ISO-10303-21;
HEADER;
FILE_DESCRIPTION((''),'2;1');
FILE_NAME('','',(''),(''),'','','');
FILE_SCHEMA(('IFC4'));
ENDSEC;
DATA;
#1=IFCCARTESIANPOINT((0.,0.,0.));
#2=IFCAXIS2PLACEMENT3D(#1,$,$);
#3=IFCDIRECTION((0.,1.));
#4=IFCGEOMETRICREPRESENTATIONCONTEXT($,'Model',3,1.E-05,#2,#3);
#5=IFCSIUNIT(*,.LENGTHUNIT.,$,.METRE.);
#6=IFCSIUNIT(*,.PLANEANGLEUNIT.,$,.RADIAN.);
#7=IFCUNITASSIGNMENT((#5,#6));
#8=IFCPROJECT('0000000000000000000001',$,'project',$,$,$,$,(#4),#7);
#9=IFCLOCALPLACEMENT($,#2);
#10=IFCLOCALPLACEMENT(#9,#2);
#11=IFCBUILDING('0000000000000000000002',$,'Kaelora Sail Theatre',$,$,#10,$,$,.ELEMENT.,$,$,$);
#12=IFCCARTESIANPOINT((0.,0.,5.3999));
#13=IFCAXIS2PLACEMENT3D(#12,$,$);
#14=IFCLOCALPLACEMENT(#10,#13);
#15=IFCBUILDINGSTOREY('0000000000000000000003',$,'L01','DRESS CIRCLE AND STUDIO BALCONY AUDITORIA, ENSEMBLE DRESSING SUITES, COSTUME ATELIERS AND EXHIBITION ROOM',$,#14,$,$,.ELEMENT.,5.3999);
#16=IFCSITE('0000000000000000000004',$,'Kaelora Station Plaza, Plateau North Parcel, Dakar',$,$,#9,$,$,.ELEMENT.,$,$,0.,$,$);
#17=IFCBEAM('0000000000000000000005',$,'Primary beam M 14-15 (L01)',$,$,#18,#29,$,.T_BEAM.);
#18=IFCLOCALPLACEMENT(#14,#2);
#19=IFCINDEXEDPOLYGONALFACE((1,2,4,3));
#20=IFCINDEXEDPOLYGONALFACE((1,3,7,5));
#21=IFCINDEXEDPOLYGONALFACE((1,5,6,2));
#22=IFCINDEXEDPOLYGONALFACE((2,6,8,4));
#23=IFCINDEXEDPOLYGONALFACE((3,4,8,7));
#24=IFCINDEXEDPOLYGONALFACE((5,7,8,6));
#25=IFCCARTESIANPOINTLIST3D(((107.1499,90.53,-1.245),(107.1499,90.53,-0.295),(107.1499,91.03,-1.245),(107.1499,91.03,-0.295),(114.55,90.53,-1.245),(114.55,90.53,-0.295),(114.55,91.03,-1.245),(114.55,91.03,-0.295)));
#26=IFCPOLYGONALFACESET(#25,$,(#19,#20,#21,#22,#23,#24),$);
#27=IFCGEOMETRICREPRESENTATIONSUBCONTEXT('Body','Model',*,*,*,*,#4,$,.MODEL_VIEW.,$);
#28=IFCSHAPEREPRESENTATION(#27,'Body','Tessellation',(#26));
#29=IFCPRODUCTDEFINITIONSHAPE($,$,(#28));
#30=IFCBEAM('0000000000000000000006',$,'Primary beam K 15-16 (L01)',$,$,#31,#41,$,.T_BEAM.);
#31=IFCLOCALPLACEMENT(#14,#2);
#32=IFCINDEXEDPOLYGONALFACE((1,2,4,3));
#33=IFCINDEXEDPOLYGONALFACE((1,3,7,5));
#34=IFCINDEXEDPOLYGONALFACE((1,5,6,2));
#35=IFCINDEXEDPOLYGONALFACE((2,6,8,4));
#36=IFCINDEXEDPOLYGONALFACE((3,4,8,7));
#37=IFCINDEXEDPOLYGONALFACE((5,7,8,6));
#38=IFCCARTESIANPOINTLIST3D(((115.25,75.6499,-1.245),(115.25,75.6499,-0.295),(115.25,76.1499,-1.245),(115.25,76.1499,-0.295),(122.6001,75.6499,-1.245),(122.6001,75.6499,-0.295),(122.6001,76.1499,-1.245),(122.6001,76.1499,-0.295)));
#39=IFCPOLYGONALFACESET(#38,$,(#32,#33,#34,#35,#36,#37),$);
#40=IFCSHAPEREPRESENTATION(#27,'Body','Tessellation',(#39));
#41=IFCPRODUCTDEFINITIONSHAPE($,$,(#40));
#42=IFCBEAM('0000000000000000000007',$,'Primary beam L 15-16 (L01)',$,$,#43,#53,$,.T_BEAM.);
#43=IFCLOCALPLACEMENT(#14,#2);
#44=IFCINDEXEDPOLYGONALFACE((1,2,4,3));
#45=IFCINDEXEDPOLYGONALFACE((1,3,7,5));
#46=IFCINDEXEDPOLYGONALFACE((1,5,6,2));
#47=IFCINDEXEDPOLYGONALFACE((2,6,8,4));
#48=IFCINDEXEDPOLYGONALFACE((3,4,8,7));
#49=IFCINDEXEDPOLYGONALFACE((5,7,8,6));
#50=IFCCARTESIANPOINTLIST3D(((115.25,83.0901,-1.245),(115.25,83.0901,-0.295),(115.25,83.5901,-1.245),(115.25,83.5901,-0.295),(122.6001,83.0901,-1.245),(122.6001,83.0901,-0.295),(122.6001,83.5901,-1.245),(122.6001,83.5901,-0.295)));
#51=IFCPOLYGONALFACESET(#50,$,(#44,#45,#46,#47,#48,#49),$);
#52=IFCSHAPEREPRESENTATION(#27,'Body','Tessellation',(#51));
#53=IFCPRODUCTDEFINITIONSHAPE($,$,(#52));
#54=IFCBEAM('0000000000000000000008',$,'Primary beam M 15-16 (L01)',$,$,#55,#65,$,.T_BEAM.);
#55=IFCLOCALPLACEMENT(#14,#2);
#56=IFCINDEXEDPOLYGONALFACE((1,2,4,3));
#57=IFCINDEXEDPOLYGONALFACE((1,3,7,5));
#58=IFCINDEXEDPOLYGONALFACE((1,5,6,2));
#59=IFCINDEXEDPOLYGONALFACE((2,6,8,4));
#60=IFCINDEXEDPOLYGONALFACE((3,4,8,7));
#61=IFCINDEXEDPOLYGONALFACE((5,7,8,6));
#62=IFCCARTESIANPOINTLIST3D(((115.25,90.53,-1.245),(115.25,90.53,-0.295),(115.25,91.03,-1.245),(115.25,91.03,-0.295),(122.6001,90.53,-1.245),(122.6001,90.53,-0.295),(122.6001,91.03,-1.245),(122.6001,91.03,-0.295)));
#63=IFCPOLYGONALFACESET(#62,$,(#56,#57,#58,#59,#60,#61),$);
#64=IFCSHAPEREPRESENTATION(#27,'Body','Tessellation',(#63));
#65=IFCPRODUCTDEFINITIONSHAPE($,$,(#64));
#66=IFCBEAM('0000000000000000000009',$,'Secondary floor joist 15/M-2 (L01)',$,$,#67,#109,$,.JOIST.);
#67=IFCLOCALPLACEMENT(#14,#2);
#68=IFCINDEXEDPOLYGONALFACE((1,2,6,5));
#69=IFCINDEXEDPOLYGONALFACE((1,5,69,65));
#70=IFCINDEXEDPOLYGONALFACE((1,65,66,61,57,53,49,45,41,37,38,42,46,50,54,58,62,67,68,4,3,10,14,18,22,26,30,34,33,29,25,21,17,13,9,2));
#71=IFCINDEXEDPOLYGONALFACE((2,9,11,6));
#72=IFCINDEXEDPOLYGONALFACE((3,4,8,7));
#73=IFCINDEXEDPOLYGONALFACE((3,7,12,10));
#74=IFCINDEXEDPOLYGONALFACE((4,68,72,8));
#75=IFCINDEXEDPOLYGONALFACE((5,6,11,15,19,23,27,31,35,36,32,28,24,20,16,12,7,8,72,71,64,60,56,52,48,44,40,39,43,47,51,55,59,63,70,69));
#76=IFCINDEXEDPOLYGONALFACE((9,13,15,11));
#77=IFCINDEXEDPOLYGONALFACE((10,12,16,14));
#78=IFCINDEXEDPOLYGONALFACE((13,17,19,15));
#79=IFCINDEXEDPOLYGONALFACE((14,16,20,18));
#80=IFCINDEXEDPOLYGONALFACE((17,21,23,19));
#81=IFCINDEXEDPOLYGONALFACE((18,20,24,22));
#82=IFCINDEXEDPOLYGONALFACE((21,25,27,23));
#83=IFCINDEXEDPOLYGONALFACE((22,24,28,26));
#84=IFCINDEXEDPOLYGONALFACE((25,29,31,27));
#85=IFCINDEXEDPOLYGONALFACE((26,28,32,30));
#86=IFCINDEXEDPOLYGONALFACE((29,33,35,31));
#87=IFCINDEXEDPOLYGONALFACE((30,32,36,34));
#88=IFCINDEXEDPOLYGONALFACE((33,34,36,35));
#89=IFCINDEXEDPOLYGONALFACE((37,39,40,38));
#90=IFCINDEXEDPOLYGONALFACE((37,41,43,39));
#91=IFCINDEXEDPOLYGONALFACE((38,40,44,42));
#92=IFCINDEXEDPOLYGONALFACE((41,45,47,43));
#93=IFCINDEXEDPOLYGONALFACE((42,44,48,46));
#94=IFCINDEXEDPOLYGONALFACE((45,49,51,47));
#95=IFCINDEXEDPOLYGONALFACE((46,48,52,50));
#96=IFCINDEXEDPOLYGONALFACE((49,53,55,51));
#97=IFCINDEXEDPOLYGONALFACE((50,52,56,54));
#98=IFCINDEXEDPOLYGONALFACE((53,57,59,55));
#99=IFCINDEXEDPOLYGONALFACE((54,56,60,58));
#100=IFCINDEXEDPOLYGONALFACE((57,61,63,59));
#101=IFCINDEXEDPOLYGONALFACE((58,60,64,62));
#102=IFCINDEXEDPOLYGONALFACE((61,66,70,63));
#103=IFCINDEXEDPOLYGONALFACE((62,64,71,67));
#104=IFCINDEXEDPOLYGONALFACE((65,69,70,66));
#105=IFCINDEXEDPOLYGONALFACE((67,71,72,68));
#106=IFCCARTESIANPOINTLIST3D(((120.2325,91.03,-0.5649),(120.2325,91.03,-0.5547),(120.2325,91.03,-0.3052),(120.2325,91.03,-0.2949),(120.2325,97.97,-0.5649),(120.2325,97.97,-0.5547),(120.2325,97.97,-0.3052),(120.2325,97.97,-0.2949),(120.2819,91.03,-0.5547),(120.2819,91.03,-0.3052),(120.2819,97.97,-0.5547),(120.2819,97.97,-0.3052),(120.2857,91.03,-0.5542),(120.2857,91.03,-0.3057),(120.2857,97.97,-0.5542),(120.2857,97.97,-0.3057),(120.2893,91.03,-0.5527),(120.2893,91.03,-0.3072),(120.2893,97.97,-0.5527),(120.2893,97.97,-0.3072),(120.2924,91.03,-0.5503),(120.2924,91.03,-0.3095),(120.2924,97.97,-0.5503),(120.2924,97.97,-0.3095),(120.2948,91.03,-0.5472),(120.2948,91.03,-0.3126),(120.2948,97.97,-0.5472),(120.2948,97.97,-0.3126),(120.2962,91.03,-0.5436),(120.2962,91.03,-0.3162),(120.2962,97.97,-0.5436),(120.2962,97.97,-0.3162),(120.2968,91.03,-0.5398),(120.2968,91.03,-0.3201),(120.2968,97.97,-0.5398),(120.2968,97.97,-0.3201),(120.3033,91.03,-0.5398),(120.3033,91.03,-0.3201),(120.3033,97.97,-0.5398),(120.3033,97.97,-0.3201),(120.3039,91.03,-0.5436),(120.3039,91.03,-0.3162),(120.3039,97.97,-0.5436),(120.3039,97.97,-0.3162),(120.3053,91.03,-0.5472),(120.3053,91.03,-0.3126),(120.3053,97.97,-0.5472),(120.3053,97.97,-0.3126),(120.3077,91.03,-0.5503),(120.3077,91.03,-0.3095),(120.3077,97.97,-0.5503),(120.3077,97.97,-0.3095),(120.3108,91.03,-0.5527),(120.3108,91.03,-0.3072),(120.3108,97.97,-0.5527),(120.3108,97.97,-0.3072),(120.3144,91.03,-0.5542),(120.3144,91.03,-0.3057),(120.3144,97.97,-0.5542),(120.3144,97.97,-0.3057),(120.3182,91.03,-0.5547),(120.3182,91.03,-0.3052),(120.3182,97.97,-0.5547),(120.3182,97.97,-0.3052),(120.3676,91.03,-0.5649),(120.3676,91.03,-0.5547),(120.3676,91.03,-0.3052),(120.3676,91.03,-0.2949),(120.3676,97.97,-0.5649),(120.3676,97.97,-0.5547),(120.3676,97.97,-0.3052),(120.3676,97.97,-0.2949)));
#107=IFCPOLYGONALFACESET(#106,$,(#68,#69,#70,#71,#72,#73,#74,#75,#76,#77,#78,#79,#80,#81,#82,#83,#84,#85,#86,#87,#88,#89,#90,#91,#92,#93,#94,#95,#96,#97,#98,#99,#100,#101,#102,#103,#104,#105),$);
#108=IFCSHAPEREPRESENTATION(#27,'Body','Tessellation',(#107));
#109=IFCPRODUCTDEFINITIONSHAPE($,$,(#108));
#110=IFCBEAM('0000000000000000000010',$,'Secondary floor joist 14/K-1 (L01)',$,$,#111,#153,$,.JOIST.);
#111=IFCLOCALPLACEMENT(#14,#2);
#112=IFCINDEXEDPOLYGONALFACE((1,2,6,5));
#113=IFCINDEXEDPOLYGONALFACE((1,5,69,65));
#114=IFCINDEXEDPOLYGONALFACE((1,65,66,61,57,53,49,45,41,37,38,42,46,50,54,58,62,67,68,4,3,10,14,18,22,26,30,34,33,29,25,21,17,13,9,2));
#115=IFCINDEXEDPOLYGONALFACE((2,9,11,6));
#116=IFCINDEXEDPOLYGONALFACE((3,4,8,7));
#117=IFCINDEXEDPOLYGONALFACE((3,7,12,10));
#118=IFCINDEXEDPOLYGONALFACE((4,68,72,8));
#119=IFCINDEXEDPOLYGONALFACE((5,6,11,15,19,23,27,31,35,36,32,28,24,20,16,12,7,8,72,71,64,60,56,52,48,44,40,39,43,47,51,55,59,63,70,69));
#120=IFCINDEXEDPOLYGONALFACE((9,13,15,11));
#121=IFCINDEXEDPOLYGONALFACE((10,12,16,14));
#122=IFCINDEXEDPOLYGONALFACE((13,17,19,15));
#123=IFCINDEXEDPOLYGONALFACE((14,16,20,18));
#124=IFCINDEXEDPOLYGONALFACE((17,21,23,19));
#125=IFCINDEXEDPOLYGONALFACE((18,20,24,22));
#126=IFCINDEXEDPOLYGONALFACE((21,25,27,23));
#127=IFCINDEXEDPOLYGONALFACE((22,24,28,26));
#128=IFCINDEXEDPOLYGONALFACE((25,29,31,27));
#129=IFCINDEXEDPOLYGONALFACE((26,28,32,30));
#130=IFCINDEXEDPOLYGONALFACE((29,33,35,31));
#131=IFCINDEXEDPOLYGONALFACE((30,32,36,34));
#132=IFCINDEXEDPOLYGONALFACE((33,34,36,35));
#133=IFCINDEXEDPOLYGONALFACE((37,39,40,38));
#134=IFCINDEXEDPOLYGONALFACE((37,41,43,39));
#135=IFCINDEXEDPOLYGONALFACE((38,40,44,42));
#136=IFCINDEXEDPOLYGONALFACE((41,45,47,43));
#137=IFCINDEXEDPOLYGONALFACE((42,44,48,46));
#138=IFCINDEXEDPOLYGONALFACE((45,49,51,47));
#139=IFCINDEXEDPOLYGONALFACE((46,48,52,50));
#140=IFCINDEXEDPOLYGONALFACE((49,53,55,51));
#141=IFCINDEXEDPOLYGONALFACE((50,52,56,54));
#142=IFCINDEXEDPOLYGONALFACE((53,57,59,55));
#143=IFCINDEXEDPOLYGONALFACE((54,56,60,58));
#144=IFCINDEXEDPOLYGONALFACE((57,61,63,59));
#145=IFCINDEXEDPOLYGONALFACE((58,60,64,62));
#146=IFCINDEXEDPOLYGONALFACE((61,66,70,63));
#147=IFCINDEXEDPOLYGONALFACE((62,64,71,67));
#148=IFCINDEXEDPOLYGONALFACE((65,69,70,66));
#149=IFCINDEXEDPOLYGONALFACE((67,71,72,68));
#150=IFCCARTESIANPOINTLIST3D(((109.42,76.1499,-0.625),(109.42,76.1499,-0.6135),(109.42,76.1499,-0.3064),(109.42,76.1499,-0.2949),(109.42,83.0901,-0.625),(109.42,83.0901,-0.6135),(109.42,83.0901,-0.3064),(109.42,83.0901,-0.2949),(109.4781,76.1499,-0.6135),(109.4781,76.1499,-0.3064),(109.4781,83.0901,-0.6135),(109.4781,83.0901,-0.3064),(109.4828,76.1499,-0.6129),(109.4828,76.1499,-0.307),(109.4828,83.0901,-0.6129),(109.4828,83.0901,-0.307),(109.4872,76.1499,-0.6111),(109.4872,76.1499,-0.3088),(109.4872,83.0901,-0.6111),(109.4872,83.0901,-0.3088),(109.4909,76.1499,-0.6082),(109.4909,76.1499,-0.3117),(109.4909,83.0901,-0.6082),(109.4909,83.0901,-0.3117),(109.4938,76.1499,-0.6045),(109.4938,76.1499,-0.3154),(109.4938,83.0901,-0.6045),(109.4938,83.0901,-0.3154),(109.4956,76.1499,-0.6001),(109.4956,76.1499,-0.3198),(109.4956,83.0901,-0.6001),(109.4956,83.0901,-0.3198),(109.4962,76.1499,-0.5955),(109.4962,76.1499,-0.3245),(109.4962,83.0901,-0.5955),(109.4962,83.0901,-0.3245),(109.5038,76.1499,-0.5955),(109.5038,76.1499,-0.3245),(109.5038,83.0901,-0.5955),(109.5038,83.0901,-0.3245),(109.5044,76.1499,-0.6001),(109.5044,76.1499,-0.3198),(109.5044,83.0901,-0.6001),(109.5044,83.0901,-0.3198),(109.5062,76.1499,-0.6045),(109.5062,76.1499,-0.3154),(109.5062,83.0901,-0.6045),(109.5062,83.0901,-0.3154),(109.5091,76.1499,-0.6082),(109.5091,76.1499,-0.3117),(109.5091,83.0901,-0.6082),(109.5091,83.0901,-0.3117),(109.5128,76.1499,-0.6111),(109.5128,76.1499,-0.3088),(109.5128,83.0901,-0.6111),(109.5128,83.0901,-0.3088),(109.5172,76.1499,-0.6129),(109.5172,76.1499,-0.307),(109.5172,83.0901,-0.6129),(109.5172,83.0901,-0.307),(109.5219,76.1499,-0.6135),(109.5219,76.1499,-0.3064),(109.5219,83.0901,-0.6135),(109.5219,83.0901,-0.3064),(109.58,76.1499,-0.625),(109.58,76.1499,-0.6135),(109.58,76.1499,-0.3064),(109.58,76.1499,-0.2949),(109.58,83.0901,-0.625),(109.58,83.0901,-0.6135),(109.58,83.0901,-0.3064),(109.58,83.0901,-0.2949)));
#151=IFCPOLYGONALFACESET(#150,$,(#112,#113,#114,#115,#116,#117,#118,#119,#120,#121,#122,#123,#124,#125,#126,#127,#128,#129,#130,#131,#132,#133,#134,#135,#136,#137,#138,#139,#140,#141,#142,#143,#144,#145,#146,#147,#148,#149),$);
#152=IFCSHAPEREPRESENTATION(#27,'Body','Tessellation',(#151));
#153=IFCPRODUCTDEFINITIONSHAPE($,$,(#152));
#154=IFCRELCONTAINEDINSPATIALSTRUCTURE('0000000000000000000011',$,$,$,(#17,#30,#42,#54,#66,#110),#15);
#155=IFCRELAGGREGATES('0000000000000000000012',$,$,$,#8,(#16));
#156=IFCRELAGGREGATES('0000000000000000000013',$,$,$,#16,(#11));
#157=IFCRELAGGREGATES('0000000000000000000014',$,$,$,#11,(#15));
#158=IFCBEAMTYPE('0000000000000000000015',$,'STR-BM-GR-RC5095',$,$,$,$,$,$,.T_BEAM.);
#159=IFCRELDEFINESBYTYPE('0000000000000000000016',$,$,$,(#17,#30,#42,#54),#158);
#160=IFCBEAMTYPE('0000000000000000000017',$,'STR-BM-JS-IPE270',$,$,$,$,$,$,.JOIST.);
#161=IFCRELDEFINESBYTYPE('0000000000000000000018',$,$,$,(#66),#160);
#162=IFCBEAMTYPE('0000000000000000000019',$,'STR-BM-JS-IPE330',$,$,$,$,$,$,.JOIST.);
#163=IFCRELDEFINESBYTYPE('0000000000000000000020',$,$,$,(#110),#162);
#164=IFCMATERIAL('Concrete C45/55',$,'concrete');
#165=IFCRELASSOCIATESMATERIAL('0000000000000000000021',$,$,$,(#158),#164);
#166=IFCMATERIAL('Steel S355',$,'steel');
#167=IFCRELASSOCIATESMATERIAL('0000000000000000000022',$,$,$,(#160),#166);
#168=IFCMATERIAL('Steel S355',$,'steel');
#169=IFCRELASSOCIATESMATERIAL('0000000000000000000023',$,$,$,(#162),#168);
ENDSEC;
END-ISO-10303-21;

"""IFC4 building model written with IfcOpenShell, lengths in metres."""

from ifc_helpers import new_model, si_unit, direction, frame, origin, origin_2d, place, context, subcontext, project, spatial, rectangle, i_section, extrude, material, material_profile, profile_set, type_object, element, save


model = new_model("IFC4")

# Units and contexts
model_context = context("Model", 3, precision=1e-05, world=origin(), true_north=direction((0.0, 1.0)))
body_context = subcontext(model_context, "Body", "Model", "MODEL_VIEW")
ifc_project = project(units=[si_unit("LENGTHUNIT", "METRE"), si_unit("PLANEANGLEUNIT", "RADIAN")], contexts=[model_context])

# Site, building, storey
site_placement = place(None, origin())
site = spatial("IfcSite", under=ifc_project, at=site_placement, Name="Kaelora Station Plaza, Plateau North Parcel, Dakar", CompositionType="ELEMENT", RefElevation=0.0)
building_placement = place(site_placement, origin())
building = spatial("IfcBuilding", under=site, at=building_placement, Name="Kaelora Sail Theatre", CompositionType="ELEMENT")
storey_placement = place(building_placement, frame((0.0, 0.0, 5.3999)))
storey = spatial("IfcBuildingStorey", under=building, at=storey_placement, Name="L01", Description="DRESS CIRCLE AND STUDIO BALCONY AUDITORIA, ENSEMBLE DRESSING SUITES, COSTUME ATELIERS AND EXHIBITION ROOM", CompositionType="ELEMENT", Elevation=5.3999)

# Beams
ifc_material_1 = material(Name="Concrete C45/55", Category="concrete")
ifc_material_profile_1 = material_profile(ifc_material_1, rectangle(XDim=0.5, YDim=0.95, at=origin_2d()), Name="RC-GRD 500x950")
ifc_profile_set_1 = profile_set([ifc_material_profile_1], Name="Concrete C45/55")
beam_type_1 = type_object("IfcBeamType", Name="STR-BM-GR-RC5095", PredefinedType="T_BEAM", material=ifc_profile_set_1)
for number, where, z_axis, x_axis, name in (
    (1, (107.1499, 90.78, -0.77), (1.0, 0.0, 0.0), (0.0, 1.0, 0.0), "Primary beam M 14-15 (L01)"),
):
    element("IfcBeam", number, at=place(storey_placement, frame(where, z_axis=z_axis, x_axis=x_axis)), inside=storey, type_object=beam_type_1, Name=name, PredefinedType="T_BEAM", context=body_context, shape_type="SweptSolid", body=[
        extrude(rectangle(XDim=0.5, YDim=0.95, at=origin_2d()), origin(), (0.0, 0.0, 1.0), 7.4001),
    ])
for number, where, z_axis, x_axis, name in (
    (2, (115.25, 75.8999, -0.77), (1.0, 0.0, 0.0), (0.0, 1.0, 0.0), "Primary beam K 15-16 (L01)"),
    (3, (115.25, 83.3401, -0.77), (1.0, 0.0, 0.0), (0.0, 1.0, 0.0), "Primary beam L 15-16 (L01)"),
    (4, (115.25, 90.78, -0.77), (1.0, 0.0, 0.0), (0.0, 1.0, 0.0), "Primary beam M 15-16 (L01)"),
):
    element("IfcBeam", number, at=place(storey_placement, frame(where, z_axis=z_axis, x_axis=x_axis)), inside=storey, type_object=beam_type_1, Name=name, PredefinedType="T_BEAM", context=body_context, shape_type="SweptSolid", body=[
        extrude(rectangle(XDim=0.5, YDim=0.95, at=origin_2d()), origin(), (0.0, 0.0, 1.0), 7.3501),
    ])
ifc_material_2 = material(Name="Steel S355", Category="steel")
ifc_material_profile_2 = material_profile(ifc_material_2, i_section(OverallWidth=0.135, OverallDepth=0.27, WebThickness=0.0066, FlangeThickness=0.0103, FilletRadius=0.0149, at=origin_2d()), Name="IPE 270")
ifc_profile_set_2 = profile_set([ifc_material_profile_2], Name="Steel S355")
beam_type_2 = type_object("IfcBeamType", Name="STR-BM-JS-IPE270", PredefinedType="JOIST", material=ifc_profile_set_2)
beam_1_placement = place(storey_placement, frame((120.3, 91.03, -0.4299), z_axis=(0.0, 1.0, 0.0), x_axis=(-1.0, 0.0, 0.0)))
element("IfcBeam", 5, at=beam_1_placement, inside=storey, type_object=beam_type_2, Name="Secondary floor joist 15/M-2 (L01)", PredefinedType="JOIST", context=body_context, shape_type="SweptSolid", body=[
    extrude(i_section(OverallWidth=0.135, OverallDepth=0.27, WebThickness=0.0066, FlangeThickness=0.0103, FilletRadius=0.0149, at=origin_2d()), origin(), (0.0, 0.0, 1.0), 6.9399),
])
ifc_material_3 = material(Name="Steel S355", Category="steel")
ifc_material_profile_3 = material_profile(ifc_material_3, i_section(OverallWidth=0.1599, OverallDepth=0.3301, WebThickness=0.0076, FlangeThickness=0.0115, FilletRadius=0.0181, at=origin_2d()), Name="IPE 330")
ifc_profile_set_3 = profile_set([ifc_material_profile_3], Name="Steel S355")
beam_type_3 = type_object("IfcBeamType", Name="STR-BM-JS-IPE330", PredefinedType="JOIST", material=ifc_profile_set_3)
beam_2_placement = place(storey_placement, frame((109.5, 76.1499, -0.46), z_axis=(0.0, 1.0, 0.0), x_axis=(-1.0, 0.0, 0.0)))
element("IfcBeam", 6, at=beam_2_placement, inside=storey, type_object=beam_type_3, Name="Secondary floor joist 14/K-1 (L01)", PredefinedType="JOIST", context=body_context, shape_type="SweptSolid", body=[
    extrude(i_section(OverallWidth=0.1599, OverallDepth=0.3301, WebThickness=0.0076, FlangeThickness=0.0115, FilletRadius=0.0181, at=origin_2d()), origin(), (0.0, 0.0, 1.0), 6.9402),
])

save(model, "model.ifc")
